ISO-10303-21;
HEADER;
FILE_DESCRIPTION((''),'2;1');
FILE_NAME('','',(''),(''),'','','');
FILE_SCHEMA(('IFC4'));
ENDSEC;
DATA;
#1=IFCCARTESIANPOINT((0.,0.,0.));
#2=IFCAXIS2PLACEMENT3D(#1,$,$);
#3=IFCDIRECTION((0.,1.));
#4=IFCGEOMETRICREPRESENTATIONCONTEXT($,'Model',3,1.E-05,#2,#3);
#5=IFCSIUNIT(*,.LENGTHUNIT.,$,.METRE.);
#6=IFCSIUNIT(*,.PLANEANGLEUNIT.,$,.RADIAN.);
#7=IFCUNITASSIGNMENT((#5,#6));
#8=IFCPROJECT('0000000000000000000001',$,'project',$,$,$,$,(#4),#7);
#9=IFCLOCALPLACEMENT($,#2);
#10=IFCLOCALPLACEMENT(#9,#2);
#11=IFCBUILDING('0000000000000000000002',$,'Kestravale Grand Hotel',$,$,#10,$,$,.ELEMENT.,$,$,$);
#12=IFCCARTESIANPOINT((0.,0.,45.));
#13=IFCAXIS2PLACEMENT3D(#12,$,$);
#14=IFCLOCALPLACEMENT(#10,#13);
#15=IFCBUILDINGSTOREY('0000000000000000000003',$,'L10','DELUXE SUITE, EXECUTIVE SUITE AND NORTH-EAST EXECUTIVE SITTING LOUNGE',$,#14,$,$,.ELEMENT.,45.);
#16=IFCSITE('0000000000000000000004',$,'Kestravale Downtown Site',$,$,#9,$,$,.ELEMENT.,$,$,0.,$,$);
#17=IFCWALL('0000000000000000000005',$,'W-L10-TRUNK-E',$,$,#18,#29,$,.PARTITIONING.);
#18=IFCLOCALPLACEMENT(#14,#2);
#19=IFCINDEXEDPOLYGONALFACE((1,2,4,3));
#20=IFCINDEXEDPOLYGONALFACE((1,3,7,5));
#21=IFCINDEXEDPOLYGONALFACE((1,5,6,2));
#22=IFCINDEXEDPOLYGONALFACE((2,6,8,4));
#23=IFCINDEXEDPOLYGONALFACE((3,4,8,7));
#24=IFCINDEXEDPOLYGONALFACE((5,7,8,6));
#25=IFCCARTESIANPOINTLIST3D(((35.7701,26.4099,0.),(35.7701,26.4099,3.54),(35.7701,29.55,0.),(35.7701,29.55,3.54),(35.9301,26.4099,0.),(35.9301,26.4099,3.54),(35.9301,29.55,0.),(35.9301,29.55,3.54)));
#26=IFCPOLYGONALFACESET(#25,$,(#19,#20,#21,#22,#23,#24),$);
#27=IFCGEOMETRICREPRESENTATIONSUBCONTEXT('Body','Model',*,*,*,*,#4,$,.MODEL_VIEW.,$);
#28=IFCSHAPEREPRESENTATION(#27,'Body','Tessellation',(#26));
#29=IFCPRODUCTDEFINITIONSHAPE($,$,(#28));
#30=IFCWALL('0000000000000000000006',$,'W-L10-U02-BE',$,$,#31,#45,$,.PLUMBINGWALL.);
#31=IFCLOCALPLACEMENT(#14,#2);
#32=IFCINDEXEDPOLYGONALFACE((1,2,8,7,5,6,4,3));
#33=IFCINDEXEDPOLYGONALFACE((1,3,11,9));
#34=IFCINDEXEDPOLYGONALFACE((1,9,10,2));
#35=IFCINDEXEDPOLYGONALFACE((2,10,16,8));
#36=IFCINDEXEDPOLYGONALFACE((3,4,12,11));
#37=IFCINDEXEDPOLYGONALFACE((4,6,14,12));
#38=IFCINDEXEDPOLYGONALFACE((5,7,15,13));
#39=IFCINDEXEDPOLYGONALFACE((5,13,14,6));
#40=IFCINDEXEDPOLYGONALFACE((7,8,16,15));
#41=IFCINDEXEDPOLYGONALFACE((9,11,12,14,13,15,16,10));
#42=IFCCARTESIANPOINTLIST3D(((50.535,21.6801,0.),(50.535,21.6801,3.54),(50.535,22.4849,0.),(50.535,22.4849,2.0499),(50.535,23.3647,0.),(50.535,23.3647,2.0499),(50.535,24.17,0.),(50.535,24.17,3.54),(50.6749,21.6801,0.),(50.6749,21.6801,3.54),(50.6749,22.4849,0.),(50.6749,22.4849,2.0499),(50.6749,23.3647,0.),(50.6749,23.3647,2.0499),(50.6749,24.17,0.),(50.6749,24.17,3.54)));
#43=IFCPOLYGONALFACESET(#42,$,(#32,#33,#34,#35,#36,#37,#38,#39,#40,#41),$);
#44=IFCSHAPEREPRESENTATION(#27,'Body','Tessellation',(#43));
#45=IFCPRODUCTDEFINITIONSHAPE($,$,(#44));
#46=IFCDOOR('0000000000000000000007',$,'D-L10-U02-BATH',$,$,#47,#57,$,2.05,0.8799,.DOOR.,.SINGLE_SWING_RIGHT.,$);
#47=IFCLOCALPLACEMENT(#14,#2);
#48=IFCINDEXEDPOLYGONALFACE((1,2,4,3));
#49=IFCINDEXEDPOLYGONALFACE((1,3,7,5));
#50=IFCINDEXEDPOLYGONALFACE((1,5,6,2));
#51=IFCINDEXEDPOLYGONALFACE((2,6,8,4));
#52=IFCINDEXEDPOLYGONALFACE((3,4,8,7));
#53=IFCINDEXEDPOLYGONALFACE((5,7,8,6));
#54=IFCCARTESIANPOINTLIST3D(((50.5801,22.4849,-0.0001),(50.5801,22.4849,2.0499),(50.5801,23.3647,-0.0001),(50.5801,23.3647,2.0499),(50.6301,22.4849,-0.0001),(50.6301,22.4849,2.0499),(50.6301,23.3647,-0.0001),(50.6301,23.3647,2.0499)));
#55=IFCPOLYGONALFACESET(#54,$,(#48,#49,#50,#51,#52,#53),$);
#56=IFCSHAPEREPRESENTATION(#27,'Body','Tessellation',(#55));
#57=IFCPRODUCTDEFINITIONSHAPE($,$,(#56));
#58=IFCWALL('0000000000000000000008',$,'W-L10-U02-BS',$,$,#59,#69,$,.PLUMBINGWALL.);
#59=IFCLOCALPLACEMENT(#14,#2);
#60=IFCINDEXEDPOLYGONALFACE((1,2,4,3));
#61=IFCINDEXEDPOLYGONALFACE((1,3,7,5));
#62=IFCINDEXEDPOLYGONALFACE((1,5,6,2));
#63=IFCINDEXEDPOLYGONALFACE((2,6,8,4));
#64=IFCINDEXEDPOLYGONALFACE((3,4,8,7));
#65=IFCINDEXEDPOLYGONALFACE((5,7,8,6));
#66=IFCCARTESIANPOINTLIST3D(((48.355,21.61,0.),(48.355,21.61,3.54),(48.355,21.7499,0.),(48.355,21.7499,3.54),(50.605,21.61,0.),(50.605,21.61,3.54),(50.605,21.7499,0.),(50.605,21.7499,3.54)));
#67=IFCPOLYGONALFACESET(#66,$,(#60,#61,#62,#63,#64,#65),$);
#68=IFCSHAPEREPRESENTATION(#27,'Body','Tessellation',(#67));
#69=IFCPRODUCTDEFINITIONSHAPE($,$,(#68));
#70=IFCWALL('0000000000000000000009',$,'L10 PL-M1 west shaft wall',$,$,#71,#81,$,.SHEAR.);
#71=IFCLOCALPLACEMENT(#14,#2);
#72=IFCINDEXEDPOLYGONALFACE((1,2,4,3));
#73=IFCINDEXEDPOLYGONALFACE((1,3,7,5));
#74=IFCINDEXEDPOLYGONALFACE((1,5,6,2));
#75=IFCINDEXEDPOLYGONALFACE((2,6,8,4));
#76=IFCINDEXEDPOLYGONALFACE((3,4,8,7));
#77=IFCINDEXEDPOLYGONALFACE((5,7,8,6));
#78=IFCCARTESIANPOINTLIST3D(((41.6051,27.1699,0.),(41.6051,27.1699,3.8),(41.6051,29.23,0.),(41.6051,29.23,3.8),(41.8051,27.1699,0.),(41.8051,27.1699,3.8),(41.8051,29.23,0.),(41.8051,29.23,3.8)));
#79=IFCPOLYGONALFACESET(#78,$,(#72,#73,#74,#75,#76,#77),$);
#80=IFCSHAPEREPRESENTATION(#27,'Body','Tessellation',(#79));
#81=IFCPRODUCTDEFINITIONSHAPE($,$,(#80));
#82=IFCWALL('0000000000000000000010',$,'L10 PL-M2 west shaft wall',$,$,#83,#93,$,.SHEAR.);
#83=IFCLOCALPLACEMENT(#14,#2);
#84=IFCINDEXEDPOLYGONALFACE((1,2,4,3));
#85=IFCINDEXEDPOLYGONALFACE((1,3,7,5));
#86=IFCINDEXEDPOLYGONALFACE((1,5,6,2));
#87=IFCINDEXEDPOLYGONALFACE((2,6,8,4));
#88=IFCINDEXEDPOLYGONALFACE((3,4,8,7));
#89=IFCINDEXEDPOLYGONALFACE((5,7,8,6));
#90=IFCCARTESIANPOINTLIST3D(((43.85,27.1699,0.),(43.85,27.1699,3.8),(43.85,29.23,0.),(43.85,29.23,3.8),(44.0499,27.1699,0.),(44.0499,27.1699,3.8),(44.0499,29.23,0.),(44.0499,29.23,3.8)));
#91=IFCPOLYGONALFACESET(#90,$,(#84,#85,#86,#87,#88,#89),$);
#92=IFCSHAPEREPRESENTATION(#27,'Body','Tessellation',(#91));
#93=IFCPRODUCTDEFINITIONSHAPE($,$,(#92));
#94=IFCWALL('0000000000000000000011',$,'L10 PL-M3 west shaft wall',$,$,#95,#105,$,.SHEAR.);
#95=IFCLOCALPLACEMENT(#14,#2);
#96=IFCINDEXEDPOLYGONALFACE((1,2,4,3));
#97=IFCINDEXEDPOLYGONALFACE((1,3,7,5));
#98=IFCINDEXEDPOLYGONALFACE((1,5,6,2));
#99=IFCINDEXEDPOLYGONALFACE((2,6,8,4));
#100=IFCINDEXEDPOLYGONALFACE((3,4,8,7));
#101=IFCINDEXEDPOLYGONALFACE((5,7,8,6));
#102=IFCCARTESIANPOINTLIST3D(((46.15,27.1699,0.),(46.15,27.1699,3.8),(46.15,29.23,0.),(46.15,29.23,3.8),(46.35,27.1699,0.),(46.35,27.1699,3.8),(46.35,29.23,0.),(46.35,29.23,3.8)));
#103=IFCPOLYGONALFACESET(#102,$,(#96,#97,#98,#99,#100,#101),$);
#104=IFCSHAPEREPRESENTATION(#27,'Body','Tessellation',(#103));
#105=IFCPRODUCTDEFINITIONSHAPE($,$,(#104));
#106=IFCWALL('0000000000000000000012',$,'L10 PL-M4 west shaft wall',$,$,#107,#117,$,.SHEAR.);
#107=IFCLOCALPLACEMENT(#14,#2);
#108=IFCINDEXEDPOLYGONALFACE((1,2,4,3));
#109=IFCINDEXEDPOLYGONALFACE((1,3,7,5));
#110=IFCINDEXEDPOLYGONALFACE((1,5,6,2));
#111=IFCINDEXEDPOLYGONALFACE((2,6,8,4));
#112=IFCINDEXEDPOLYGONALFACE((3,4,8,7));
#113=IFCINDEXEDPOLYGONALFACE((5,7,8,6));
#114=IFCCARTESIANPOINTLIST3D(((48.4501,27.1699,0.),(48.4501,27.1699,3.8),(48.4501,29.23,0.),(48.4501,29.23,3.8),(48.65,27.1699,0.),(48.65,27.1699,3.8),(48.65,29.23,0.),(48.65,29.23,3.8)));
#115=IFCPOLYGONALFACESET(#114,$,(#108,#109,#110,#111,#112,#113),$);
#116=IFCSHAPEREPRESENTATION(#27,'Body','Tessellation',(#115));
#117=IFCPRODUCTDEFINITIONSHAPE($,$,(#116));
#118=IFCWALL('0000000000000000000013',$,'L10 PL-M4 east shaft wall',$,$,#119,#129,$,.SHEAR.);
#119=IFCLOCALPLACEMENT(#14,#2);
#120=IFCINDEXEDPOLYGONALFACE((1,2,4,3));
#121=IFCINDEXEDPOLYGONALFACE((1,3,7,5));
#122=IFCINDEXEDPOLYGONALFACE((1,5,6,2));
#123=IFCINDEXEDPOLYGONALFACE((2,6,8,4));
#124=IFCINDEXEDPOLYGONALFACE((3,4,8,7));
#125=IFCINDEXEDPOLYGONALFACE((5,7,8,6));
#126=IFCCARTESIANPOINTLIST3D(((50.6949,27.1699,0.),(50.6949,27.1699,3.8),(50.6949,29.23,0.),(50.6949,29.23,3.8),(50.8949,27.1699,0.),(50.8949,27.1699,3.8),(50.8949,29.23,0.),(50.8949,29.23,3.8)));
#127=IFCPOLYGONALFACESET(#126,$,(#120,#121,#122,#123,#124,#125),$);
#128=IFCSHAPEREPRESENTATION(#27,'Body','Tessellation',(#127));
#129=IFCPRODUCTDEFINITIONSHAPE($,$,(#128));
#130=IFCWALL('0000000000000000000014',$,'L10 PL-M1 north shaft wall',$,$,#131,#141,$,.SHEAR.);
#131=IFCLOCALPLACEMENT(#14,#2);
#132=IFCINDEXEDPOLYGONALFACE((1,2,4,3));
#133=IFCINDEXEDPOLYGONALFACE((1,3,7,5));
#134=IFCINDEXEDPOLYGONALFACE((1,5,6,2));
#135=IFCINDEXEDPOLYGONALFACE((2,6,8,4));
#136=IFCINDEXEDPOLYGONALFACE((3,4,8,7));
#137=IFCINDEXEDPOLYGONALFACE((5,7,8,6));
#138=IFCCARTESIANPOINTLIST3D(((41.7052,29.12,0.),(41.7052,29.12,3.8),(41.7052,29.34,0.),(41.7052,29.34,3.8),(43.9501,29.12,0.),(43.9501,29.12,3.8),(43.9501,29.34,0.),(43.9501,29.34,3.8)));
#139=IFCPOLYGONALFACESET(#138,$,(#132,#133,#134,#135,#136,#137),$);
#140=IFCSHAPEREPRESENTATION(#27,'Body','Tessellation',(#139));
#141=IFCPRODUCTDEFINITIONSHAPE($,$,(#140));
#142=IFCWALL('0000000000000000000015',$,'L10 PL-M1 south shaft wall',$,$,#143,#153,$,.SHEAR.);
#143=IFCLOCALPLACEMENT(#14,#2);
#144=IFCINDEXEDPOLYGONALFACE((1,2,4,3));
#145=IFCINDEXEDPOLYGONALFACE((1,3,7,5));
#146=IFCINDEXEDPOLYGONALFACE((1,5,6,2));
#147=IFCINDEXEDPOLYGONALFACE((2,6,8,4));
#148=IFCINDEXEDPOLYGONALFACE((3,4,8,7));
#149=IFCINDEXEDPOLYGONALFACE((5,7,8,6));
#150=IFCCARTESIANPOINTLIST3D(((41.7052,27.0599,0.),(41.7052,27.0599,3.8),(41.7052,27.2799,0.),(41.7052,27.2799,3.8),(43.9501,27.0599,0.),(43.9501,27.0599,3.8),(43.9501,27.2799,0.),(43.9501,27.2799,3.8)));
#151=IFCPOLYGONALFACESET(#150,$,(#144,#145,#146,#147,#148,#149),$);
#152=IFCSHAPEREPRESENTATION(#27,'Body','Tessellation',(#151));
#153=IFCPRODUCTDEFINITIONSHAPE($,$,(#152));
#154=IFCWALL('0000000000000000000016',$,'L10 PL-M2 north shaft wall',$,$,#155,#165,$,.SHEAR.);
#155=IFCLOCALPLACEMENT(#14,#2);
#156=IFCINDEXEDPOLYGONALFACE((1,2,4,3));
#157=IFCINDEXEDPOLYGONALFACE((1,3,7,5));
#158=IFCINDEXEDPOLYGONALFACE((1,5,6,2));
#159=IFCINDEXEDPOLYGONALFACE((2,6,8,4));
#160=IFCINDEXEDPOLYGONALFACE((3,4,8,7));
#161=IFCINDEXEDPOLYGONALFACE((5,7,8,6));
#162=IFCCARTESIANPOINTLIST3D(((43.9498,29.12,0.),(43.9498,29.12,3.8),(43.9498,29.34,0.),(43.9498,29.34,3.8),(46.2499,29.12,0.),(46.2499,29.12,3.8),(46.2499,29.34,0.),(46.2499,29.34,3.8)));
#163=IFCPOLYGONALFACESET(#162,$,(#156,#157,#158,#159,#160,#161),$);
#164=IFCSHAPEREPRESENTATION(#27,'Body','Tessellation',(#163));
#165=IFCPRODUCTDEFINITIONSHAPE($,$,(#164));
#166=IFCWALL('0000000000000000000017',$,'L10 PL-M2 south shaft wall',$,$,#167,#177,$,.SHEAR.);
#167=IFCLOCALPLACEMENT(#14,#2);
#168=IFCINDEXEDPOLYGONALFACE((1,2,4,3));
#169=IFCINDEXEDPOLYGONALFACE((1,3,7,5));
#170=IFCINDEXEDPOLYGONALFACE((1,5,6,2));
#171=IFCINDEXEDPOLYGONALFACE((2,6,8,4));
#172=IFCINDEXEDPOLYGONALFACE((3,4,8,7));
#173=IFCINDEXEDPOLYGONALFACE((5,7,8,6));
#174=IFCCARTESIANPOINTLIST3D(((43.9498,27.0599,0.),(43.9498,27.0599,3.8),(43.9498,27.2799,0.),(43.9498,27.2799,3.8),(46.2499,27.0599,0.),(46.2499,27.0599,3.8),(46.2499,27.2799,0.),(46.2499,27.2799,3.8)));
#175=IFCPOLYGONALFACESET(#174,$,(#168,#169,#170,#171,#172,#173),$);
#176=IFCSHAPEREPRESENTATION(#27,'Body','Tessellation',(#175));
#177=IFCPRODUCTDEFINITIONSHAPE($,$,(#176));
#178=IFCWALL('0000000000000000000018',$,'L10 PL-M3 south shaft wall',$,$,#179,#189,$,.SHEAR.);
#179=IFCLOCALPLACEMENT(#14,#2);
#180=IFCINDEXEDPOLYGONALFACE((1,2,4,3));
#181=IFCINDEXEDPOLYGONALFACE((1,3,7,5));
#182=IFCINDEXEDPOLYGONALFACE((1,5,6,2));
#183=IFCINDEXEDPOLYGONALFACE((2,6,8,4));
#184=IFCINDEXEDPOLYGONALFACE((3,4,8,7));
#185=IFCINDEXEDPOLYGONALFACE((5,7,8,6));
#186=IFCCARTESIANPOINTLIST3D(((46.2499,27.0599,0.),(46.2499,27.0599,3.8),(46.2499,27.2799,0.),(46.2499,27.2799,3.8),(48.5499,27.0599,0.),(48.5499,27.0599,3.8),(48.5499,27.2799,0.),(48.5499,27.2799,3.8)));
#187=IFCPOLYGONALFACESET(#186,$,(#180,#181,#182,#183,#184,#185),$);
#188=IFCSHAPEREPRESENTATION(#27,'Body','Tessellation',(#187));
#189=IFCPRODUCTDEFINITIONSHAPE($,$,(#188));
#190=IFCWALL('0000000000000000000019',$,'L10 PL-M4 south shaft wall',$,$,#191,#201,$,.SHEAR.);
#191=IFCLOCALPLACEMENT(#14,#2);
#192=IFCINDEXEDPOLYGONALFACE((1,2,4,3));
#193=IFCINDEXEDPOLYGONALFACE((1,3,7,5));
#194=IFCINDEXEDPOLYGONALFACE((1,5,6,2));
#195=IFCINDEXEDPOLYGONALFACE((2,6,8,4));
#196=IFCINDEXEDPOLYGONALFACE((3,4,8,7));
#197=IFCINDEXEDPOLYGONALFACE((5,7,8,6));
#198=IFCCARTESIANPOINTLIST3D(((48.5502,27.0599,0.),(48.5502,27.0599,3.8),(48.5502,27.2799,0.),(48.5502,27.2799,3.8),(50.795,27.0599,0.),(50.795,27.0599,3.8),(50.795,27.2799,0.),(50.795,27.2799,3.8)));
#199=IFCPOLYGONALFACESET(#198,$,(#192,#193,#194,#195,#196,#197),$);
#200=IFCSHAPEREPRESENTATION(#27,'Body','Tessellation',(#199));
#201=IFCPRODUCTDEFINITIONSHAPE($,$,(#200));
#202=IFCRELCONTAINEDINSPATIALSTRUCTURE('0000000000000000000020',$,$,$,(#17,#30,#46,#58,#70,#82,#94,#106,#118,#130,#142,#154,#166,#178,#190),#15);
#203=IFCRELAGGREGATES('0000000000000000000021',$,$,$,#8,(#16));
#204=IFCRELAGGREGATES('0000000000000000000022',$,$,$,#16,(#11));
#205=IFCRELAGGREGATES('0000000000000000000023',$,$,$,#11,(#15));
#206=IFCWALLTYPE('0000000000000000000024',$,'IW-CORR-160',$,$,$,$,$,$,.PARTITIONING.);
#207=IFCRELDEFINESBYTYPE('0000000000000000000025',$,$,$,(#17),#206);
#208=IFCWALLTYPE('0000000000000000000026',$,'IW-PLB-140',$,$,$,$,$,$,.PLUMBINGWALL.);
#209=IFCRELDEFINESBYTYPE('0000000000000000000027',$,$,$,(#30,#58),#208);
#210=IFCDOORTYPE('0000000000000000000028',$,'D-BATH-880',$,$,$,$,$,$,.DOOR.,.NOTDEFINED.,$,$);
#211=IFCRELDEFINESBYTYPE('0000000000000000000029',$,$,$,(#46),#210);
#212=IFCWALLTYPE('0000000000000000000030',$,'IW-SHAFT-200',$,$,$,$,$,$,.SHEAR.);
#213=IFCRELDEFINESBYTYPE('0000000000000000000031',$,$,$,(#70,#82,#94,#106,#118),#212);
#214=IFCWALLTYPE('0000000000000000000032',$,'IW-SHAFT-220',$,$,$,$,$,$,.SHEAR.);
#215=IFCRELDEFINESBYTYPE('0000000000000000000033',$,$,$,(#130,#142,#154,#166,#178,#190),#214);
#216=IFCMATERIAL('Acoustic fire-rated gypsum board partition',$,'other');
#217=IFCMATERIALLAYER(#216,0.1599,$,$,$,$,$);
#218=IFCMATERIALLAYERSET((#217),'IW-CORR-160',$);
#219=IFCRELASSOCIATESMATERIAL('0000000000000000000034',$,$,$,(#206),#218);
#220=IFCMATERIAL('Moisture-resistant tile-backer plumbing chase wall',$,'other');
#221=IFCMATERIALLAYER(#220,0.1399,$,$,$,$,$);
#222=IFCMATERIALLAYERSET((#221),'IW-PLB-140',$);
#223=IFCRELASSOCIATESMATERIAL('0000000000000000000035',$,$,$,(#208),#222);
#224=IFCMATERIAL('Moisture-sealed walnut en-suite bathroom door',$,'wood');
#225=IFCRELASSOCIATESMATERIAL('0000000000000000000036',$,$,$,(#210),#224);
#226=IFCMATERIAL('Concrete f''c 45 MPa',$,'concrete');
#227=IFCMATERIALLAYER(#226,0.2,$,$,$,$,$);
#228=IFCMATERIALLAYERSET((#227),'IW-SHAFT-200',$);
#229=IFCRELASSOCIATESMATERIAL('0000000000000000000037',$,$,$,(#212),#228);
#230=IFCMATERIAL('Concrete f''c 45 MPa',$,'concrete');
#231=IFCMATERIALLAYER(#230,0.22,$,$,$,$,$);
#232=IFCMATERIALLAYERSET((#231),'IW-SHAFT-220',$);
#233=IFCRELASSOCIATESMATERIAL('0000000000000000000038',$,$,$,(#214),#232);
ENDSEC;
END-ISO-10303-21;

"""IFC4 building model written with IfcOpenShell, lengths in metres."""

from ifc_helpers import new_model, si_unit, direction, frame, frame_2d, origin, place, context, subcontext, project, spatial, rectangle, extrude, material, layer, layer_set, type_object, element, fill, save


model = new_model("IFC4")

# Units and contexts
model_context = context("Model", 3, precision=1e-05, world=origin(), true_north=direction((0.0, 1.0)))
body_context = subcontext(model_context, "Body", "Model", "MODEL_VIEW")
ifc_project = project(units=[si_unit("LENGTHUNIT", "METRE"), si_unit("PLANEANGLEUNIT", "RADIAN")], contexts=[model_context])

# Site, building, storey
site_placement = place(None, origin())
site = spatial("IfcSite", under=ifc_project, at=site_placement, Name="Kestravale Downtown Site", CompositionType="ELEMENT", RefElevation=0.0)
building_placement = place(site_placement, origin())
building = spatial("IfcBuilding", under=site, at=building_placement, Name="Kestravale Grand Hotel", CompositionType="ELEMENT")
storey_placement = place(building_placement, frame((0.0, 0.0, 45.0)))
storey = spatial("IfcBuildingStorey", under=building, at=storey_placement, Name="L10", Description="DELUXE SUITE, EXECUTIVE SUITE AND NORTH-EAST EXECUTIVE SITTING LOUNGE", CompositionType="ELEMENT", Elevation=45.0)

# Wall
ifc_material_1 = material(Name="Acoustic fire-rated gypsum board partition", Category="other")
ifc_layer_1 = layer(ifc_material_1, 0.1599)
ifc_layer_set_1 = layer_set([ifc_layer_1], Name="IW-CORR-160")
wall_type_1 = type_object("IfcWallType", Name="IW-CORR-160", PredefinedType="PARTITIONING", material=ifc_layer_set_1)
wall_1_placement = place(storey_placement, frame((35.8501, 26.4099, 0.0), z_axis=(0.0, 0.0, 1.0), x_axis=(0.0, 1.0, 0.0)))
element("IfcWall", 1, at=wall_1_placement, inside=storey, type_object=wall_type_1, Name="W-L10-TRUNK-E", PredefinedType="PARTITIONING", context=body_context, shape_type="SweptSolid", body=[
    extrude(rectangle(XDim=3.1401, YDim=0.1599, at=frame_2d((1.5701, 0.0))), origin(), (0.0, 0.0, 1.0), 3.54),
])

# Wall, opening, door
ifc_material_2 = material(Name="Moisture-resistant tile-backer plumbing chase wall", Category="other")
ifc_layer_2 = layer(ifc_material_2, 0.1399)
ifc_layer_set_2 = layer_set([ifc_layer_2], Name="IW-PLB-140")
wall_type_2 = type_object("IfcWallType", Name="IW-PLB-140", PredefinedType="PLUMBINGWALL", material=ifc_layer_set_2)
wall_2_placement = place(storey_placement, frame((50.605, 21.6799, 0.0), z_axis=(0.0, 0.0, 1.0), x_axis=(0.0, 1.0, 0.0)))
wall_2 = element("IfcWall", 2, at=wall_2_placement, inside=storey, type_object=wall_type_2, Name="W-L10-U02-BE", PredefinedType="PLUMBINGWALL", context=body_context, shape_type="SweptSolid", body=[
    extrude(rectangle(XDim=2.49, YDim=0.1399, at=frame_2d((1.2451, 0.0))), origin(), (0.0, 0.0, 1.0), 3.54),
])
opening_placement = place(wall_2_placement, frame((0.8049, 0.0, 0.0)))
opening = element("IfcOpeningElement", 3, at=opening_placement, cuts=wall_2, PredefinedType="OPENING", context=body_context, shape_type="SweptSolid", body=[
    extrude(rectangle(XDim=0.8799, YDim=2.05, at=frame_2d((0.4399, 1.0249))), frame((0.0, 0.0798, 0.0), z_axis=(0.0, -1.0, 0.0), x_axis=(1.0, 0.0, 0.0)), (0.0, 0.0, 1.0), 0.1599),
])
ifc_material_3 = material(Name="Moisture-sealed walnut en-suite bathroom door", Category="wood")
door_type = type_object("IfcDoorType", Name="D-BATH-880", OperationType="NOTDEFINED", PredefinedType="DOOR", material=ifc_material_3)
door_placement = place(opening_placement, origin())
door = element("IfcDoor", 4, at=door_placement, inside=storey, type_object=door_type, Name="D-L10-U02-BATH", OperationType="SINGLE_SWING_RIGHT", OverallHeight=2.05, OverallWidth=0.8799, PredefinedType="DOOR", context=body_context, shape_type="SweptSolid", body=[
    extrude(rectangle(XDim=0.8799, YDim=2.05, at=frame_2d((0.4399, 1.0249))), frame((0.0, 0.0249, 0.0), z_axis=(0.0, -1.0, 0.0), x_axis=(1.0, 0.0, 0.0)), (0.0, 0.0, 1.0), 0.05),
])
fill(opening, door)

# Walls
wall_3_placement = place(storey_placement, frame((48.355, 21.6799, 0.0), z_axis=(0.0, 0.0, 1.0), x_axis=(1.0, 0.0, 0.0)))
element("IfcWall", 5, at=wall_3_placement, inside=storey, type_object=wall_type_2, Name="W-L10-U02-BS", PredefinedType="PLUMBINGWALL", context=body_context, shape_type="SweptSolid", body=[
    extrude(rectangle(XDim=2.25, YDim=0.1399, at=frame_2d((1.125, 0.0))), origin(), (0.0, 0.0, 1.0), 3.54),
])
ifc_material_4 = material(Name="Concrete f'c 45 MPa", Category="concrete")
ifc_layer_3 = layer(ifc_material_4, 0.2)
ifc_layer_set_3 = layer_set([ifc_layer_3], Name="IW-SHAFT-200")
wall_type_3 = type_object("IfcWallType", Name="IW-SHAFT-200", PredefinedType="SHEAR", material=ifc_layer_set_3)
for number, where, z_axis, x_axis, name in (
    (6, (41.7051, 27.1699, 0.0), (0.0, 0.0, 1.0), (0.0, 1.0, 0.0), "L10 PL-M1 west shaft wall"),
    (7, (43.95, 27.1699, 0.0), (0.0, 0.0, 1.0), (0.0, 1.0, 0.0), "L10 PL-M2 west shaft wall"),
    (8, (46.25, 27.1699, 0.0), (0.0, 0.0, 1.0), (0.0, 1.0, 0.0), "L10 PL-M3 west shaft wall"),
    (9, (48.55, 27.1699, 0.0), (0.0, 0.0, 1.0), (0.0, 1.0, 0.0), "L10 PL-M4 west shaft wall"),
    (10, (50.7949, 27.1699, 0.0), (0.0, 0.0, 1.0), (0.0, 1.0, 0.0), "L10 PL-M4 east shaft wall"),
):
    element("IfcWall", number, at=place(storey_placement, frame(where, z_axis=z_axis, x_axis=x_axis)), inside=storey, type_object=wall_type_3, Name=name, PredefinedType="SHEAR", context=body_context, shape_type="SweptSolid", body=[
        extrude(rectangle(XDim=2.0601, YDim=0.2, at=frame_2d((1.03, 0.0))), origin(), (0.0, 0.0, 1.0), 3.8),
    ])
ifc_material_5 = material(Name="Concrete f'c 45 MPa", Category="concrete")
ifc_layer_4 = layer(ifc_material_5, 0.22)
ifc_layer_set_4 = layer_set([ifc_layer_4], Name="IW-SHAFT-220")
wall_type_4 = type_object("IfcWallType", Name="IW-SHAFT-220", PredefinedType="SHEAR", material=ifc_layer_set_4)
for number, where, z_axis, x_axis, name in (
    (11, (41.7051, 29.23, 0.0), (0.0, 0.0, 1.0), (1.0, 0.0, 0.0), "L10 PL-M1 north shaft wall"),
    (12, (41.7051, 27.1699, 0.0), (0.0, 0.0, 1.0), (1.0, 0.0, 0.0), "L10 PL-M1 south shaft wall"),
):
    element("IfcWall", number, at=place(storey_placement, frame(where, z_axis=z_axis, x_axis=x_axis)), inside=storey, type_object=wall_type_4, Name=name, PredefinedType="SHEAR", context=body_context, shape_type="SweptSolid", body=[
        extrude(rectangle(XDim=2.2449, YDim=0.22, at=frame_2d((1.1226, 0.0))), origin(), (0.0, 0.0, 1.0), 3.8),
    ])
for number, where, z_axis, x_axis, name in (
    (13, (43.95, 29.23, 0.0), (0.0, 0.0, 1.0), (1.0, 0.0, 0.0), "L10 PL-M2 north shaft wall"),
    (14, (43.95, 27.1699, 0.0), (0.0, 0.0, 1.0), (1.0, 0.0, 0.0), "L10 PL-M2 south shaft wall"),
    (15, (46.25, 27.1699, 0.0), (0.0, 0.0, 1.0), (1.0, 0.0, 0.0), "L10 PL-M3 south shaft wall"),
):
    element("IfcWall", number, at=place(storey_placement, frame(where, z_axis=z_axis, x_axis=x_axis)), inside=storey, type_object=wall_type_4, Name=name, PredefinedType="SHEAR", context=body_context, shape_type="SweptSolid", body=[
        extrude(rectangle(XDim=2.3, YDim=0.22, at=frame_2d((1.1499, 0.0))), origin(), (0.0, 0.0, 1.0), 3.8),
    ])
wall_4_placement = place(storey_placement, frame((48.55, 27.1699, 0.0), z_axis=(0.0, 0.0, 1.0), x_axis=(1.0, 0.0, 0.0)))
element("IfcWall", 16, at=wall_4_placement, inside=storey, type_object=wall_type_4, Name="L10 PL-M4 south shaft wall", PredefinedType="SHEAR", context=body_context, shape_type="SweptSolid", body=[
    extrude(rectangle(XDim=2.2449, YDim=0.22, at=frame_2d((1.1226, 0.0))), origin(), (0.0, 0.0, 1.0), 3.8),
])

save(model, "model.ifc")
